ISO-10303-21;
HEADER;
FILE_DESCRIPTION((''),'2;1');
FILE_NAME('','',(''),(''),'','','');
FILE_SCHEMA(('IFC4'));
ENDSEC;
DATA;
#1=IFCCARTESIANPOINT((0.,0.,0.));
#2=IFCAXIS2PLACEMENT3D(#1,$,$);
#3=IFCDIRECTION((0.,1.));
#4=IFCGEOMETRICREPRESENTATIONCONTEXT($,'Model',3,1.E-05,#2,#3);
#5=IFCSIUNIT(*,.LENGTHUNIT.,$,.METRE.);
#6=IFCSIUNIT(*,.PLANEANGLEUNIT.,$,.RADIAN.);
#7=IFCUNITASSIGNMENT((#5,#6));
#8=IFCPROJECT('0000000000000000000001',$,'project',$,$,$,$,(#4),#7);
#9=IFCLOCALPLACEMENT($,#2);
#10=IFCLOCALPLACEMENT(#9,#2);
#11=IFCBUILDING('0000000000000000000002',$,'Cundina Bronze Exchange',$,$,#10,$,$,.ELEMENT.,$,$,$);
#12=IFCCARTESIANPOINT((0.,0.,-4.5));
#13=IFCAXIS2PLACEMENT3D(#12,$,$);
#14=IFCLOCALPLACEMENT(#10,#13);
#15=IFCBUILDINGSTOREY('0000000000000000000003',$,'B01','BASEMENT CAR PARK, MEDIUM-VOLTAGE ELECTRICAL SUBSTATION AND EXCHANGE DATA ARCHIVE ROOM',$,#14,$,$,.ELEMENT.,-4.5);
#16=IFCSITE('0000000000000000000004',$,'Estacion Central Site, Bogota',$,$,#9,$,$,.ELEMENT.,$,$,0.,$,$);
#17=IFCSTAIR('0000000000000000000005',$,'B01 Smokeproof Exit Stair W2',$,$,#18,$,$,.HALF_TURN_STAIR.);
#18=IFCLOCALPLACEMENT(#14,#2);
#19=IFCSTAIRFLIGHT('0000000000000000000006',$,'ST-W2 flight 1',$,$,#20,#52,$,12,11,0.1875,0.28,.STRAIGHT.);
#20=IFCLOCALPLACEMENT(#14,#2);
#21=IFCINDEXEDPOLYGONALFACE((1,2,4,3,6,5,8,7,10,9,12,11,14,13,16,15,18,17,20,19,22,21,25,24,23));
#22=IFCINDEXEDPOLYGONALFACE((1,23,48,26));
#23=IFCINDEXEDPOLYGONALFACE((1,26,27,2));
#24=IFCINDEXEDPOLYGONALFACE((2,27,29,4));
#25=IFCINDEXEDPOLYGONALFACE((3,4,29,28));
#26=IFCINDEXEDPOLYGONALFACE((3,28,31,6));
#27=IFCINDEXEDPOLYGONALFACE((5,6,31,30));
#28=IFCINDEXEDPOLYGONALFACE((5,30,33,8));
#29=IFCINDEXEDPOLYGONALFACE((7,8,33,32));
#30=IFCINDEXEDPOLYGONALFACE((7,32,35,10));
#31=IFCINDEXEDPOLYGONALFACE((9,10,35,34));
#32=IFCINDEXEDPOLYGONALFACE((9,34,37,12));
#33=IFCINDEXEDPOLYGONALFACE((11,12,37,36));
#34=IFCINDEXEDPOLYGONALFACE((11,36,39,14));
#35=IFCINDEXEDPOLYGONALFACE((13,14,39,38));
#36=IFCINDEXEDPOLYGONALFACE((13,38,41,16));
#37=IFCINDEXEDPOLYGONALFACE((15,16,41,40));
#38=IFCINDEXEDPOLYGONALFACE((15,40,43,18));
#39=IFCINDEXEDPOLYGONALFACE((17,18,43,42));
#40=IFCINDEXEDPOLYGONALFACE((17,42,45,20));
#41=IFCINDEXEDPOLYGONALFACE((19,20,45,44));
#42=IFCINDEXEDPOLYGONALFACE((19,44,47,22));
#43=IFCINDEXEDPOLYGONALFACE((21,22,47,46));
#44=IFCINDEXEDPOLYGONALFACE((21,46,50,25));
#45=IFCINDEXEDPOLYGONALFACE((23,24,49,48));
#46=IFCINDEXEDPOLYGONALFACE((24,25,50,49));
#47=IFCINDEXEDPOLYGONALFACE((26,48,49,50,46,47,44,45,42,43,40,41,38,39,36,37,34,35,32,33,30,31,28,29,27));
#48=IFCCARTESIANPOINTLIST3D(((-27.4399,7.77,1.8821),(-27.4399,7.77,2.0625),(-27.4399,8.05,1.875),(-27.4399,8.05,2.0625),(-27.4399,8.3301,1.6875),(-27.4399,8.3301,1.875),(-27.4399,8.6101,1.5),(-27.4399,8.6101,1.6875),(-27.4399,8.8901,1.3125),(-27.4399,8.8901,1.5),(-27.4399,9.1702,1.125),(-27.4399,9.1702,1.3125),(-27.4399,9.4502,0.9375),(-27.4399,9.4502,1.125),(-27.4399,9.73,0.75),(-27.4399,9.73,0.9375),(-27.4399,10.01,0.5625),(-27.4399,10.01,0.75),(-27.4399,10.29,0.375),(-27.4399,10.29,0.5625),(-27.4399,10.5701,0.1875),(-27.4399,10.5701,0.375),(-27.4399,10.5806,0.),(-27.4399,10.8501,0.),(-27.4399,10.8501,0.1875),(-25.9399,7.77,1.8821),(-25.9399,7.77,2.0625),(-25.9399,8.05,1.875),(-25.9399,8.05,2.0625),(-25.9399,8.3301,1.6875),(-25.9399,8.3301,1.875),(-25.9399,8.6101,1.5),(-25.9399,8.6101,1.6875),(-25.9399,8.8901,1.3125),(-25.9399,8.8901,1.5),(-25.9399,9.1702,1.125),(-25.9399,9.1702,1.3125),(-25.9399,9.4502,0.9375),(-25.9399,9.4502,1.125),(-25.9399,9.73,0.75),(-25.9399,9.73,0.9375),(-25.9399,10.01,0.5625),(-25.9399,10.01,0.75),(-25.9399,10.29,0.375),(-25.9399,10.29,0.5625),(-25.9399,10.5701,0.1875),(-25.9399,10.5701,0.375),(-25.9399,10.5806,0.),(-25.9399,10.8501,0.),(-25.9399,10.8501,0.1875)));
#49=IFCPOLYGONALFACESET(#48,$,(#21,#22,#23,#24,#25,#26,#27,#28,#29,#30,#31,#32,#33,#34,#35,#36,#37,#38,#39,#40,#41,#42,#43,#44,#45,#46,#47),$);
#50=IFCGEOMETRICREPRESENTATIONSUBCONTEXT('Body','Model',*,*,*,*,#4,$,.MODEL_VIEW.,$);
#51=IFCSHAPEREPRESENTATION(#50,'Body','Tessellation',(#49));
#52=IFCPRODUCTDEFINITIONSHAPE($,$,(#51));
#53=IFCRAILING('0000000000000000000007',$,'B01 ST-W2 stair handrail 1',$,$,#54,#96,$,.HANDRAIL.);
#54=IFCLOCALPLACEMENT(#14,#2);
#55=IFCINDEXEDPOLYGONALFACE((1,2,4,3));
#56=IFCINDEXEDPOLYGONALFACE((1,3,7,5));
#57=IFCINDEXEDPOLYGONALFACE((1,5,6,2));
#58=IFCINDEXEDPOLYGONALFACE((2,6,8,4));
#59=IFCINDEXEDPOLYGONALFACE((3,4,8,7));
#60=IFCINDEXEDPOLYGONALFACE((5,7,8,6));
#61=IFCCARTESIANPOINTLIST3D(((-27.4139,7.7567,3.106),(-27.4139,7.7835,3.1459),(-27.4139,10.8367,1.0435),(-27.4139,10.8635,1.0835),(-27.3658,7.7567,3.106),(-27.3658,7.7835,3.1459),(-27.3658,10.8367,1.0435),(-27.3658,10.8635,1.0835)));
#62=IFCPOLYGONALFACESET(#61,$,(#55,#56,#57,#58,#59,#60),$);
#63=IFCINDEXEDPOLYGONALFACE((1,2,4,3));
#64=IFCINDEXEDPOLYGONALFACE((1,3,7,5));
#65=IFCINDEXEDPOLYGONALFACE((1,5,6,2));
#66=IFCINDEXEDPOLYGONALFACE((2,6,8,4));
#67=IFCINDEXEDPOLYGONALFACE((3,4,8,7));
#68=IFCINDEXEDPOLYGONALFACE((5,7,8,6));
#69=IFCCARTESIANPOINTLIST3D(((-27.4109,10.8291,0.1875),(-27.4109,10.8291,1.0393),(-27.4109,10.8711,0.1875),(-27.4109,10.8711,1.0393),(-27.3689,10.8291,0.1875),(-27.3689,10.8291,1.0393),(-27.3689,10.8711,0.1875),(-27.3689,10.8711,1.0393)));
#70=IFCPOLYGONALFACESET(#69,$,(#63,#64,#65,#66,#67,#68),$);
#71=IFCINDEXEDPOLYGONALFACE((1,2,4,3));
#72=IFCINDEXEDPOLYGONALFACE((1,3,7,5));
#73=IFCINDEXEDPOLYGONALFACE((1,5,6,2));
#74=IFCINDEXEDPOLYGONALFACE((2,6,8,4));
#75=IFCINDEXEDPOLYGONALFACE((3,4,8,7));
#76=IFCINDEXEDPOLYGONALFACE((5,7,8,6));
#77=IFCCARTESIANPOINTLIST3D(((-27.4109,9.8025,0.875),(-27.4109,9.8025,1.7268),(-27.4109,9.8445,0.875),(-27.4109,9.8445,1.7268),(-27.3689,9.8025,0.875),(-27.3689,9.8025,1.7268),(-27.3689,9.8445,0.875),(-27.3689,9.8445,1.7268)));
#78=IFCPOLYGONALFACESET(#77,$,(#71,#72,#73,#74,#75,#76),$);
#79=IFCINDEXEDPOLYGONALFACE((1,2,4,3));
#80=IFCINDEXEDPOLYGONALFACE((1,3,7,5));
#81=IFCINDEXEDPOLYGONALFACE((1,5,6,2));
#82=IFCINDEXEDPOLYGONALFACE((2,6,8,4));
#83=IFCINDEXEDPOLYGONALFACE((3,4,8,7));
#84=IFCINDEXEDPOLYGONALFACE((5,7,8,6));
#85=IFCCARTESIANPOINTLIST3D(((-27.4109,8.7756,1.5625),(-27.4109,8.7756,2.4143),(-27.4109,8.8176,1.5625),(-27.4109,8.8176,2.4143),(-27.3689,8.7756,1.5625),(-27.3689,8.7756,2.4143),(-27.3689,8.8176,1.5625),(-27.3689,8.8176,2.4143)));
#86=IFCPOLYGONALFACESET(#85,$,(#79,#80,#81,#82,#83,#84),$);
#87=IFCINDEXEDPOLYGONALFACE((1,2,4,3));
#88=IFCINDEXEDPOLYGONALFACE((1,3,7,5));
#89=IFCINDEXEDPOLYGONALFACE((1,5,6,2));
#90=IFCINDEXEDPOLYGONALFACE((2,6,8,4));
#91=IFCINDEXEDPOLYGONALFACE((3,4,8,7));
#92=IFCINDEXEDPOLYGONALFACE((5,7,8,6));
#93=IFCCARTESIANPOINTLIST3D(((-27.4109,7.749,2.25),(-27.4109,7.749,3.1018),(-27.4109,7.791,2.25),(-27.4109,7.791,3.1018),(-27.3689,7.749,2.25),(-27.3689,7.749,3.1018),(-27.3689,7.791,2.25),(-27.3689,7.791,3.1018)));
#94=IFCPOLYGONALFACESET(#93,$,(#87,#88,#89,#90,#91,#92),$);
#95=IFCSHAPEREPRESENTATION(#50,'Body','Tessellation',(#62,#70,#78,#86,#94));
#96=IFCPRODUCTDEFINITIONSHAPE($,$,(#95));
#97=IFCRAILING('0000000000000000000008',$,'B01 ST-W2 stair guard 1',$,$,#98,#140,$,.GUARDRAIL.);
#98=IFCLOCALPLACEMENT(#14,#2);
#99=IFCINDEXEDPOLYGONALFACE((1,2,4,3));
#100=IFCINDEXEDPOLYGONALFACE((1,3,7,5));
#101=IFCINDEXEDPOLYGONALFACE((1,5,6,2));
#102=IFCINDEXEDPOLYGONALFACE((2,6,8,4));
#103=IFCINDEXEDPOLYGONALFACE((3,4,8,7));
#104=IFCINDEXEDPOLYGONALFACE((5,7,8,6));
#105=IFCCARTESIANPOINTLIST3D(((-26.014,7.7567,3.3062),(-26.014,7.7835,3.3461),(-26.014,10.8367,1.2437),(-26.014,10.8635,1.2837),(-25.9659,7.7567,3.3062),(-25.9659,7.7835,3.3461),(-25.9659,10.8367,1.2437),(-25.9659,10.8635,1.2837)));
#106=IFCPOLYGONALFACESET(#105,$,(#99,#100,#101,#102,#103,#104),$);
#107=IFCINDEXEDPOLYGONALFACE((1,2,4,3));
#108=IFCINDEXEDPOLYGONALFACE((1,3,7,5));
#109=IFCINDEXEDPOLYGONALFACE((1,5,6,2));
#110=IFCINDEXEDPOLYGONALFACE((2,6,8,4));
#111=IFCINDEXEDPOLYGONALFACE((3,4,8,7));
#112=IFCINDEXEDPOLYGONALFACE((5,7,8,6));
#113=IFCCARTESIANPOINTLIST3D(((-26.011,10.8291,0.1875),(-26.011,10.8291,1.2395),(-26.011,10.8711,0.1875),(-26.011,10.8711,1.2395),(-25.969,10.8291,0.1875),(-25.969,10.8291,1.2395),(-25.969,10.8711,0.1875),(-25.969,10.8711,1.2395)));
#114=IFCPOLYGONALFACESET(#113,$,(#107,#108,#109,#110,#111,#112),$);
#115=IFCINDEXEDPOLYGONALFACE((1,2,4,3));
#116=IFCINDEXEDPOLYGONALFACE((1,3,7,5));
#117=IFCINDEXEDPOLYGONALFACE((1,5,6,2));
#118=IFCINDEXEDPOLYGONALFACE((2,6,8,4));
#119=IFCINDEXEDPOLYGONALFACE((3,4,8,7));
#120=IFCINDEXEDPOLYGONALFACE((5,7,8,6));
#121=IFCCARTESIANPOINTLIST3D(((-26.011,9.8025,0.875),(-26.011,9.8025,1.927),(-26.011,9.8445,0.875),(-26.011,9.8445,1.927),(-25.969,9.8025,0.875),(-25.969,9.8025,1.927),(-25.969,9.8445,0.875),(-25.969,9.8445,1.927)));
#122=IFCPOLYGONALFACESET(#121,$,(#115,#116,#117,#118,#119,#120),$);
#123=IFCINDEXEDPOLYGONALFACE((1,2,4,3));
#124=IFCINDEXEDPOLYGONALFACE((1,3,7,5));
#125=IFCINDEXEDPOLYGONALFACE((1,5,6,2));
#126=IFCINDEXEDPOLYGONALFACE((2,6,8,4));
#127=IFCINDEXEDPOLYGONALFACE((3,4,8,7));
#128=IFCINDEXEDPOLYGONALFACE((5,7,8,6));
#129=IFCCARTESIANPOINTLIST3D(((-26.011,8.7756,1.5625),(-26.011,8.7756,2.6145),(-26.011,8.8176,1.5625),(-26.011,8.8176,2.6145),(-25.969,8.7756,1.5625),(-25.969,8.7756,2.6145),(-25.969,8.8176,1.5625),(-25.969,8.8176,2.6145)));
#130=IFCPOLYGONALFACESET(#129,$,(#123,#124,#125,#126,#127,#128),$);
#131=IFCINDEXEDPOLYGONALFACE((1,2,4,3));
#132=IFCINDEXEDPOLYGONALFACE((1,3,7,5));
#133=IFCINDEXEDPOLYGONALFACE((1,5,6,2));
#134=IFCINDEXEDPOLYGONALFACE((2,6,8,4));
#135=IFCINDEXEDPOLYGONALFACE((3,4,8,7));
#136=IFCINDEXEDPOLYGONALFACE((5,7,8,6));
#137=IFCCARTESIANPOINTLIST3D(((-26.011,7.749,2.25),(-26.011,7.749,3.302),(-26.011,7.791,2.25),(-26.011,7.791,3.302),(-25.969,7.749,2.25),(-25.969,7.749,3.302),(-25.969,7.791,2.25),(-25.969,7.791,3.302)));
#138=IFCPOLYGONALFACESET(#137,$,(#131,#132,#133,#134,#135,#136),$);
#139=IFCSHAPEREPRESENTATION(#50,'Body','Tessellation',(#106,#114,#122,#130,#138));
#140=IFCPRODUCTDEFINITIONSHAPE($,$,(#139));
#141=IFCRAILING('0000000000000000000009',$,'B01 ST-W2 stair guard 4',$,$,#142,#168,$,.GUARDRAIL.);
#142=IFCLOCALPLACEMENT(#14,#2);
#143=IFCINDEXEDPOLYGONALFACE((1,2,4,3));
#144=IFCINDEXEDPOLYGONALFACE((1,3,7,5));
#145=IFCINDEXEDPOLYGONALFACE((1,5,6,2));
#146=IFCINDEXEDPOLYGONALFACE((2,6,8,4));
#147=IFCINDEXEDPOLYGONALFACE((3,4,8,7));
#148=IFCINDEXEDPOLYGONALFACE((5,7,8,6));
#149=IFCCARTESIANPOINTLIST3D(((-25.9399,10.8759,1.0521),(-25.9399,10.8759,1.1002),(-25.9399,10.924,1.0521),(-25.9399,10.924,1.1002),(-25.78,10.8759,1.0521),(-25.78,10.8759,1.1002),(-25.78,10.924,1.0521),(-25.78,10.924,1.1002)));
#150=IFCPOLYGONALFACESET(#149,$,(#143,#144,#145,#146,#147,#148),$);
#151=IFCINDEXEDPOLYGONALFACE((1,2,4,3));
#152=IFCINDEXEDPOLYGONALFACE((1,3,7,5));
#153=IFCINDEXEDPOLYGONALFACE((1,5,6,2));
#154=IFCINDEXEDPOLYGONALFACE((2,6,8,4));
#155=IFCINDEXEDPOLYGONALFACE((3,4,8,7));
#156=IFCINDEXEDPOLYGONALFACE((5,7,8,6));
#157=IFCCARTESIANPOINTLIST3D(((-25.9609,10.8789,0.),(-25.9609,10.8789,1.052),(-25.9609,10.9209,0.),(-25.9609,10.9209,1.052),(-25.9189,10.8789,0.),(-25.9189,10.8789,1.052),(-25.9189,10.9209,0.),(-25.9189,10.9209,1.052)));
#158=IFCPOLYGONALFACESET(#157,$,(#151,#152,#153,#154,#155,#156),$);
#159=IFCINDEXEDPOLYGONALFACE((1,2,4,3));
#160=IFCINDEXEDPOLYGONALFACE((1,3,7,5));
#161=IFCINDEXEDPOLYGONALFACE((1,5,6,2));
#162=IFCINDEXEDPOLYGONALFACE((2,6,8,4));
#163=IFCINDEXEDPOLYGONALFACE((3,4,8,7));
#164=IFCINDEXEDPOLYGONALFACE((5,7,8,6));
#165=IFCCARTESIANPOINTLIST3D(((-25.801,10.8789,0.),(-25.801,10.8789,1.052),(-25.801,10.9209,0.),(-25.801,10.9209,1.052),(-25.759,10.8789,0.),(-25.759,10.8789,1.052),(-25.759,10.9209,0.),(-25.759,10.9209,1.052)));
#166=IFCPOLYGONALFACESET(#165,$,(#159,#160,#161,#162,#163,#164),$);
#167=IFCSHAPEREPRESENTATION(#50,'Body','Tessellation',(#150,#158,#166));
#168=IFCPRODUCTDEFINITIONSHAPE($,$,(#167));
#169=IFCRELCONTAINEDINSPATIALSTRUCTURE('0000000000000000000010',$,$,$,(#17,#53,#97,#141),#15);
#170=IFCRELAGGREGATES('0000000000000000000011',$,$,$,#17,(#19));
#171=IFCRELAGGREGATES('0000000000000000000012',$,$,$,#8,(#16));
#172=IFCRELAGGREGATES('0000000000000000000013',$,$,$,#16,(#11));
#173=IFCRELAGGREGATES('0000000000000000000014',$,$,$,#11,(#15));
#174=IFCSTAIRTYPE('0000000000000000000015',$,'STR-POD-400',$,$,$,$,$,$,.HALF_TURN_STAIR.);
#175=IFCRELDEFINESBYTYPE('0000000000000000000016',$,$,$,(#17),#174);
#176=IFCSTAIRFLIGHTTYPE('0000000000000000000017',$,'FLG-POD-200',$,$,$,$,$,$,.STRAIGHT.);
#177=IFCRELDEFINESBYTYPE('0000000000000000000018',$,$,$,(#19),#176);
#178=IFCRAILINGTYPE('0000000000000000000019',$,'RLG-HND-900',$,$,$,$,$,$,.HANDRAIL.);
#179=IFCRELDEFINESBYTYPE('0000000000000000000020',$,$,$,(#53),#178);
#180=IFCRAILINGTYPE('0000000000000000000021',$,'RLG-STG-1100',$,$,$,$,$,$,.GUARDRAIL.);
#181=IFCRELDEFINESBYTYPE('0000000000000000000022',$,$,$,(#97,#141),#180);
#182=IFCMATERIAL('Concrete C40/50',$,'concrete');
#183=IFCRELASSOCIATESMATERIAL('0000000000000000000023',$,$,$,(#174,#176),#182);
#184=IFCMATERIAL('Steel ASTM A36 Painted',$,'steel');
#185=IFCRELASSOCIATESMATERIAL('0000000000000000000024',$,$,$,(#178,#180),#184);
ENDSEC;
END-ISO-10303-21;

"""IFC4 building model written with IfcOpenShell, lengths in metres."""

from ifc_helpers import new_model, si_unit, direction, frame, origin, origin_2d, place, context, subcontext, project, spatial, polyline, rectangle, outline, extrude, material, type_object, element, aggregate, save


model = new_model("IFC4")

# Units and contexts
model_context = context("Model", 3, precision=1e-05, world=origin(), true_north=direction((0.0, 1.0)))
body_context = subcontext(model_context, "Body", "Model", "MODEL_VIEW")
ifc_project = project(units=[si_unit("LENGTHUNIT", "METRE"), si_unit("PLANEANGLEUNIT", "RADIAN")], contexts=[model_context])

# Site, building, storey
site_placement = place(None, origin())
site = spatial("IfcSite", under=ifc_project, at=site_placement, Name="Estacion Central Site, Bogota", CompositionType="ELEMENT", RefElevation=0.0)
building_placement = place(site_placement, origin())
building = spatial("IfcBuilding", under=site, at=building_placement, Name="Cundina Bronze Exchange", CompositionType="ELEMENT")
storey_placement = place(building_placement, frame((0.0, 0.0, -4.5)))
storey = spatial("IfcBuildingStorey", under=building, at=storey_placement, Name="B01", Description="BASEMENT CAR PARK, MEDIUM-VOLTAGE ELECTRICAL SUBSTATION AND EXCHANGE DATA ARCHIVE ROOM", CompositionType="ELEMENT", Elevation=-4.5)

# Shared definitions
ifc_material_1 = material(Name="Concrete C40/50", Category="concrete")

# Stair, stair flight
stair_type = type_object("IfcStairType", Name="STR-POD-400", PredefinedType="HALF_TURN_STAIR", material=ifc_material_1)
stair_placement = place(storey_placement, origin())
stair = element("IfcStair", 1, at=stair_placement, inside=storey, type_object=stair_type, Name="B01 Smokeproof Exit Stair W2", PredefinedType="HALF_TURN_STAIR")
stair_flight_type = type_object("IfcStairFlightType", Name="FLG-POD-200", PredefinedType="STRAIGHT", material=ifc_material_1)
stair_flight_placement = place(storey_placement, frame((-26.6899, 10.8501, 0.0), z_axis=(0.0, 0.0, 1.0), x_axis=(0.0, -1.0, 0.0)))
stair_flight = element("IfcStairFlight", 2, at=stair_flight_placement, type_object=stair_flight_type, Name="ST-W2 flight 1", NumberOfRisers=12, NumberOfTreads=11, PredefinedType="STRAIGHT", RiserHeight=0.1875, TreadLength=0.28, context=body_context, shape_type="SweptSolid", body=[
    extrude(outline(polyline([(0.0, 0.0), (0.0, 0.1875), (0.28, 0.1875), (0.28, 0.375), (0.5601, 0.375), (0.5601, 0.5625), (0.8401, 0.5625), (0.8401, 0.75), (1.1201, 0.75), (1.1201, 0.9375), (1.3999, 0.9375), (1.3999, 1.125), (1.6799, 1.125), (1.6799, 1.3125), (1.96, 1.3125), (1.96, 1.5), (2.24, 1.5), (2.24, 1.6875), (2.52, 1.6875), (2.52, 1.875), (2.8, 1.875), (2.8, 2.0625), (3.0801, 2.0625), (3.0801, 2.25), (3.0801, 1.8821), (0.2695, 0.0), (0.0, 0.0)])), frame((0.0, 0.75, 0.0), z_axis=(0.0, -1.0, 0.0), x_axis=(1.0, 0.0, 0.0)), (0.0, 0.0, 1.0), 1.5),
])
aggregate(stair, [stair_flight])

# Railings
ifc_material_2 = material(Name="Steel ASTM A36 Painted", Category="steel")
railing_type_1 = type_object("IfcRailingType", Name="RLG-HND-900", PredefinedType="HANDRAIL", material=ifc_material_2)
railing_1_placement = place(storey_placement, frame((-27.3899, 10.8501, 0.1875)))
element("IfcRailing", 3, at=railing_1_placement, inside=storey, type_object=railing_type_1, Name="B01 ST-W2 stair handrail 1", PredefinedType="HANDRAIL", context=body_context, shape_type="SweptSolid", body=[
    extrude(rectangle(XDim=0.0481, YDim=0.0481, at=origin_2d()), frame((0.0, 0.0, 0.876), z_axis=(0.0, -0.830914, 0.556401), x_axis=(1.0, 0.0, 0.0)), (0.0, 0.0, 1.0), 3.7068),
    extrude(rectangle(XDim=0.042, YDim=0.042, at=origin_2d()), origin(), (0.0, 0.0, 1.0), 0.8518),
    extrude(rectangle(XDim=0.042, YDim=0.042, at=origin_2d()), frame((0.0, -1.0266, 0.6875)), (0.0, 0.0, 1.0), 0.8518),
    extrude(rectangle(XDim=0.042, YDim=0.042, at=origin_2d()), frame((0.0, -2.0535, 1.375)), (0.0, 0.0, 1.0), 0.8518),
    extrude(rectangle(XDim=0.042, YDim=0.042, at=origin_2d()), frame((0.0, -3.0801, 2.0625)), (0.0, 0.0, 1.0), 0.8518),
])
railing_type_2 = type_object("IfcRailingType", Name="RLG-STG-1100", PredefinedType="GUARDRAIL", material=ifc_material_2)
railing_2_placement = place(storey_placement, frame((-25.99, 10.8501, 0.1875)))
element("IfcRailing", 4, at=railing_2_placement, inside=storey, type_object=railing_type_2, Name="B01 ST-W2 stair guard 1", PredefinedType="GUARDRAIL", context=body_context, shape_type="SweptSolid", body=[
    extrude(rectangle(XDim=0.0481, YDim=0.0481, at=origin_2d()), frame((0.0, 0.0, 1.0762), z_axis=(0.0, -0.830914, 0.556401), x_axis=(1.0, 0.0, 0.0)), (0.0, 0.0, 1.0), 3.7068),
    extrude(rectangle(XDim=0.042, YDim=0.042, at=origin_2d()), origin(), (0.0, 0.0, 1.0), 1.052),
    extrude(rectangle(XDim=0.042, YDim=0.042, at=origin_2d()), frame((0.0, -1.0266, 0.6875)), (0.0, 0.0, 1.0), 1.052),
    extrude(rectangle(XDim=0.042, YDim=0.042, at=origin_2d()), frame((0.0, -2.0535, 1.375)), (0.0, 0.0, 1.0), 1.052),
    extrude(rectangle(XDim=0.042, YDim=0.042, at=origin_2d()), frame((0.0, -3.0801, 2.0625)), (0.0, 0.0, 1.0), 1.052),
])
railing_3_placement = place(storey_placement, frame((-25.9399, 10.8999, 0.0)))
element("IfcRailing", 5, at=railing_3_placement, inside=storey, type_object=railing_type_2, Name="B01 ST-W2 stair guard 4", PredefinedType="GUARDRAIL", context=body_context, shape_type="SweptSolid", body=[
    extrude(rectangle(XDim=0.0481, YDim=0.0481, at=origin_2d()), frame((0.0, 0.0, 1.0762), z_axis=(1.0, 0.0, 0.0), x_axis=(0.0, 1.0, 0.0)), (0.0, 0.0, 1.0), 0.1599),
    extrude(rectangle(XDim=0.042, YDim=0.042, at=origin_2d()), origin(), (0.0, 0.0, 1.0), 1.052),
    extrude(rectangle(XDim=0.042, YDim=0.042, at=origin_2d()), frame((0.1599, 0.0, 0.0)), (0.0, 0.0, 1.0), 1.052),
])

save(model, "model.ifc")
